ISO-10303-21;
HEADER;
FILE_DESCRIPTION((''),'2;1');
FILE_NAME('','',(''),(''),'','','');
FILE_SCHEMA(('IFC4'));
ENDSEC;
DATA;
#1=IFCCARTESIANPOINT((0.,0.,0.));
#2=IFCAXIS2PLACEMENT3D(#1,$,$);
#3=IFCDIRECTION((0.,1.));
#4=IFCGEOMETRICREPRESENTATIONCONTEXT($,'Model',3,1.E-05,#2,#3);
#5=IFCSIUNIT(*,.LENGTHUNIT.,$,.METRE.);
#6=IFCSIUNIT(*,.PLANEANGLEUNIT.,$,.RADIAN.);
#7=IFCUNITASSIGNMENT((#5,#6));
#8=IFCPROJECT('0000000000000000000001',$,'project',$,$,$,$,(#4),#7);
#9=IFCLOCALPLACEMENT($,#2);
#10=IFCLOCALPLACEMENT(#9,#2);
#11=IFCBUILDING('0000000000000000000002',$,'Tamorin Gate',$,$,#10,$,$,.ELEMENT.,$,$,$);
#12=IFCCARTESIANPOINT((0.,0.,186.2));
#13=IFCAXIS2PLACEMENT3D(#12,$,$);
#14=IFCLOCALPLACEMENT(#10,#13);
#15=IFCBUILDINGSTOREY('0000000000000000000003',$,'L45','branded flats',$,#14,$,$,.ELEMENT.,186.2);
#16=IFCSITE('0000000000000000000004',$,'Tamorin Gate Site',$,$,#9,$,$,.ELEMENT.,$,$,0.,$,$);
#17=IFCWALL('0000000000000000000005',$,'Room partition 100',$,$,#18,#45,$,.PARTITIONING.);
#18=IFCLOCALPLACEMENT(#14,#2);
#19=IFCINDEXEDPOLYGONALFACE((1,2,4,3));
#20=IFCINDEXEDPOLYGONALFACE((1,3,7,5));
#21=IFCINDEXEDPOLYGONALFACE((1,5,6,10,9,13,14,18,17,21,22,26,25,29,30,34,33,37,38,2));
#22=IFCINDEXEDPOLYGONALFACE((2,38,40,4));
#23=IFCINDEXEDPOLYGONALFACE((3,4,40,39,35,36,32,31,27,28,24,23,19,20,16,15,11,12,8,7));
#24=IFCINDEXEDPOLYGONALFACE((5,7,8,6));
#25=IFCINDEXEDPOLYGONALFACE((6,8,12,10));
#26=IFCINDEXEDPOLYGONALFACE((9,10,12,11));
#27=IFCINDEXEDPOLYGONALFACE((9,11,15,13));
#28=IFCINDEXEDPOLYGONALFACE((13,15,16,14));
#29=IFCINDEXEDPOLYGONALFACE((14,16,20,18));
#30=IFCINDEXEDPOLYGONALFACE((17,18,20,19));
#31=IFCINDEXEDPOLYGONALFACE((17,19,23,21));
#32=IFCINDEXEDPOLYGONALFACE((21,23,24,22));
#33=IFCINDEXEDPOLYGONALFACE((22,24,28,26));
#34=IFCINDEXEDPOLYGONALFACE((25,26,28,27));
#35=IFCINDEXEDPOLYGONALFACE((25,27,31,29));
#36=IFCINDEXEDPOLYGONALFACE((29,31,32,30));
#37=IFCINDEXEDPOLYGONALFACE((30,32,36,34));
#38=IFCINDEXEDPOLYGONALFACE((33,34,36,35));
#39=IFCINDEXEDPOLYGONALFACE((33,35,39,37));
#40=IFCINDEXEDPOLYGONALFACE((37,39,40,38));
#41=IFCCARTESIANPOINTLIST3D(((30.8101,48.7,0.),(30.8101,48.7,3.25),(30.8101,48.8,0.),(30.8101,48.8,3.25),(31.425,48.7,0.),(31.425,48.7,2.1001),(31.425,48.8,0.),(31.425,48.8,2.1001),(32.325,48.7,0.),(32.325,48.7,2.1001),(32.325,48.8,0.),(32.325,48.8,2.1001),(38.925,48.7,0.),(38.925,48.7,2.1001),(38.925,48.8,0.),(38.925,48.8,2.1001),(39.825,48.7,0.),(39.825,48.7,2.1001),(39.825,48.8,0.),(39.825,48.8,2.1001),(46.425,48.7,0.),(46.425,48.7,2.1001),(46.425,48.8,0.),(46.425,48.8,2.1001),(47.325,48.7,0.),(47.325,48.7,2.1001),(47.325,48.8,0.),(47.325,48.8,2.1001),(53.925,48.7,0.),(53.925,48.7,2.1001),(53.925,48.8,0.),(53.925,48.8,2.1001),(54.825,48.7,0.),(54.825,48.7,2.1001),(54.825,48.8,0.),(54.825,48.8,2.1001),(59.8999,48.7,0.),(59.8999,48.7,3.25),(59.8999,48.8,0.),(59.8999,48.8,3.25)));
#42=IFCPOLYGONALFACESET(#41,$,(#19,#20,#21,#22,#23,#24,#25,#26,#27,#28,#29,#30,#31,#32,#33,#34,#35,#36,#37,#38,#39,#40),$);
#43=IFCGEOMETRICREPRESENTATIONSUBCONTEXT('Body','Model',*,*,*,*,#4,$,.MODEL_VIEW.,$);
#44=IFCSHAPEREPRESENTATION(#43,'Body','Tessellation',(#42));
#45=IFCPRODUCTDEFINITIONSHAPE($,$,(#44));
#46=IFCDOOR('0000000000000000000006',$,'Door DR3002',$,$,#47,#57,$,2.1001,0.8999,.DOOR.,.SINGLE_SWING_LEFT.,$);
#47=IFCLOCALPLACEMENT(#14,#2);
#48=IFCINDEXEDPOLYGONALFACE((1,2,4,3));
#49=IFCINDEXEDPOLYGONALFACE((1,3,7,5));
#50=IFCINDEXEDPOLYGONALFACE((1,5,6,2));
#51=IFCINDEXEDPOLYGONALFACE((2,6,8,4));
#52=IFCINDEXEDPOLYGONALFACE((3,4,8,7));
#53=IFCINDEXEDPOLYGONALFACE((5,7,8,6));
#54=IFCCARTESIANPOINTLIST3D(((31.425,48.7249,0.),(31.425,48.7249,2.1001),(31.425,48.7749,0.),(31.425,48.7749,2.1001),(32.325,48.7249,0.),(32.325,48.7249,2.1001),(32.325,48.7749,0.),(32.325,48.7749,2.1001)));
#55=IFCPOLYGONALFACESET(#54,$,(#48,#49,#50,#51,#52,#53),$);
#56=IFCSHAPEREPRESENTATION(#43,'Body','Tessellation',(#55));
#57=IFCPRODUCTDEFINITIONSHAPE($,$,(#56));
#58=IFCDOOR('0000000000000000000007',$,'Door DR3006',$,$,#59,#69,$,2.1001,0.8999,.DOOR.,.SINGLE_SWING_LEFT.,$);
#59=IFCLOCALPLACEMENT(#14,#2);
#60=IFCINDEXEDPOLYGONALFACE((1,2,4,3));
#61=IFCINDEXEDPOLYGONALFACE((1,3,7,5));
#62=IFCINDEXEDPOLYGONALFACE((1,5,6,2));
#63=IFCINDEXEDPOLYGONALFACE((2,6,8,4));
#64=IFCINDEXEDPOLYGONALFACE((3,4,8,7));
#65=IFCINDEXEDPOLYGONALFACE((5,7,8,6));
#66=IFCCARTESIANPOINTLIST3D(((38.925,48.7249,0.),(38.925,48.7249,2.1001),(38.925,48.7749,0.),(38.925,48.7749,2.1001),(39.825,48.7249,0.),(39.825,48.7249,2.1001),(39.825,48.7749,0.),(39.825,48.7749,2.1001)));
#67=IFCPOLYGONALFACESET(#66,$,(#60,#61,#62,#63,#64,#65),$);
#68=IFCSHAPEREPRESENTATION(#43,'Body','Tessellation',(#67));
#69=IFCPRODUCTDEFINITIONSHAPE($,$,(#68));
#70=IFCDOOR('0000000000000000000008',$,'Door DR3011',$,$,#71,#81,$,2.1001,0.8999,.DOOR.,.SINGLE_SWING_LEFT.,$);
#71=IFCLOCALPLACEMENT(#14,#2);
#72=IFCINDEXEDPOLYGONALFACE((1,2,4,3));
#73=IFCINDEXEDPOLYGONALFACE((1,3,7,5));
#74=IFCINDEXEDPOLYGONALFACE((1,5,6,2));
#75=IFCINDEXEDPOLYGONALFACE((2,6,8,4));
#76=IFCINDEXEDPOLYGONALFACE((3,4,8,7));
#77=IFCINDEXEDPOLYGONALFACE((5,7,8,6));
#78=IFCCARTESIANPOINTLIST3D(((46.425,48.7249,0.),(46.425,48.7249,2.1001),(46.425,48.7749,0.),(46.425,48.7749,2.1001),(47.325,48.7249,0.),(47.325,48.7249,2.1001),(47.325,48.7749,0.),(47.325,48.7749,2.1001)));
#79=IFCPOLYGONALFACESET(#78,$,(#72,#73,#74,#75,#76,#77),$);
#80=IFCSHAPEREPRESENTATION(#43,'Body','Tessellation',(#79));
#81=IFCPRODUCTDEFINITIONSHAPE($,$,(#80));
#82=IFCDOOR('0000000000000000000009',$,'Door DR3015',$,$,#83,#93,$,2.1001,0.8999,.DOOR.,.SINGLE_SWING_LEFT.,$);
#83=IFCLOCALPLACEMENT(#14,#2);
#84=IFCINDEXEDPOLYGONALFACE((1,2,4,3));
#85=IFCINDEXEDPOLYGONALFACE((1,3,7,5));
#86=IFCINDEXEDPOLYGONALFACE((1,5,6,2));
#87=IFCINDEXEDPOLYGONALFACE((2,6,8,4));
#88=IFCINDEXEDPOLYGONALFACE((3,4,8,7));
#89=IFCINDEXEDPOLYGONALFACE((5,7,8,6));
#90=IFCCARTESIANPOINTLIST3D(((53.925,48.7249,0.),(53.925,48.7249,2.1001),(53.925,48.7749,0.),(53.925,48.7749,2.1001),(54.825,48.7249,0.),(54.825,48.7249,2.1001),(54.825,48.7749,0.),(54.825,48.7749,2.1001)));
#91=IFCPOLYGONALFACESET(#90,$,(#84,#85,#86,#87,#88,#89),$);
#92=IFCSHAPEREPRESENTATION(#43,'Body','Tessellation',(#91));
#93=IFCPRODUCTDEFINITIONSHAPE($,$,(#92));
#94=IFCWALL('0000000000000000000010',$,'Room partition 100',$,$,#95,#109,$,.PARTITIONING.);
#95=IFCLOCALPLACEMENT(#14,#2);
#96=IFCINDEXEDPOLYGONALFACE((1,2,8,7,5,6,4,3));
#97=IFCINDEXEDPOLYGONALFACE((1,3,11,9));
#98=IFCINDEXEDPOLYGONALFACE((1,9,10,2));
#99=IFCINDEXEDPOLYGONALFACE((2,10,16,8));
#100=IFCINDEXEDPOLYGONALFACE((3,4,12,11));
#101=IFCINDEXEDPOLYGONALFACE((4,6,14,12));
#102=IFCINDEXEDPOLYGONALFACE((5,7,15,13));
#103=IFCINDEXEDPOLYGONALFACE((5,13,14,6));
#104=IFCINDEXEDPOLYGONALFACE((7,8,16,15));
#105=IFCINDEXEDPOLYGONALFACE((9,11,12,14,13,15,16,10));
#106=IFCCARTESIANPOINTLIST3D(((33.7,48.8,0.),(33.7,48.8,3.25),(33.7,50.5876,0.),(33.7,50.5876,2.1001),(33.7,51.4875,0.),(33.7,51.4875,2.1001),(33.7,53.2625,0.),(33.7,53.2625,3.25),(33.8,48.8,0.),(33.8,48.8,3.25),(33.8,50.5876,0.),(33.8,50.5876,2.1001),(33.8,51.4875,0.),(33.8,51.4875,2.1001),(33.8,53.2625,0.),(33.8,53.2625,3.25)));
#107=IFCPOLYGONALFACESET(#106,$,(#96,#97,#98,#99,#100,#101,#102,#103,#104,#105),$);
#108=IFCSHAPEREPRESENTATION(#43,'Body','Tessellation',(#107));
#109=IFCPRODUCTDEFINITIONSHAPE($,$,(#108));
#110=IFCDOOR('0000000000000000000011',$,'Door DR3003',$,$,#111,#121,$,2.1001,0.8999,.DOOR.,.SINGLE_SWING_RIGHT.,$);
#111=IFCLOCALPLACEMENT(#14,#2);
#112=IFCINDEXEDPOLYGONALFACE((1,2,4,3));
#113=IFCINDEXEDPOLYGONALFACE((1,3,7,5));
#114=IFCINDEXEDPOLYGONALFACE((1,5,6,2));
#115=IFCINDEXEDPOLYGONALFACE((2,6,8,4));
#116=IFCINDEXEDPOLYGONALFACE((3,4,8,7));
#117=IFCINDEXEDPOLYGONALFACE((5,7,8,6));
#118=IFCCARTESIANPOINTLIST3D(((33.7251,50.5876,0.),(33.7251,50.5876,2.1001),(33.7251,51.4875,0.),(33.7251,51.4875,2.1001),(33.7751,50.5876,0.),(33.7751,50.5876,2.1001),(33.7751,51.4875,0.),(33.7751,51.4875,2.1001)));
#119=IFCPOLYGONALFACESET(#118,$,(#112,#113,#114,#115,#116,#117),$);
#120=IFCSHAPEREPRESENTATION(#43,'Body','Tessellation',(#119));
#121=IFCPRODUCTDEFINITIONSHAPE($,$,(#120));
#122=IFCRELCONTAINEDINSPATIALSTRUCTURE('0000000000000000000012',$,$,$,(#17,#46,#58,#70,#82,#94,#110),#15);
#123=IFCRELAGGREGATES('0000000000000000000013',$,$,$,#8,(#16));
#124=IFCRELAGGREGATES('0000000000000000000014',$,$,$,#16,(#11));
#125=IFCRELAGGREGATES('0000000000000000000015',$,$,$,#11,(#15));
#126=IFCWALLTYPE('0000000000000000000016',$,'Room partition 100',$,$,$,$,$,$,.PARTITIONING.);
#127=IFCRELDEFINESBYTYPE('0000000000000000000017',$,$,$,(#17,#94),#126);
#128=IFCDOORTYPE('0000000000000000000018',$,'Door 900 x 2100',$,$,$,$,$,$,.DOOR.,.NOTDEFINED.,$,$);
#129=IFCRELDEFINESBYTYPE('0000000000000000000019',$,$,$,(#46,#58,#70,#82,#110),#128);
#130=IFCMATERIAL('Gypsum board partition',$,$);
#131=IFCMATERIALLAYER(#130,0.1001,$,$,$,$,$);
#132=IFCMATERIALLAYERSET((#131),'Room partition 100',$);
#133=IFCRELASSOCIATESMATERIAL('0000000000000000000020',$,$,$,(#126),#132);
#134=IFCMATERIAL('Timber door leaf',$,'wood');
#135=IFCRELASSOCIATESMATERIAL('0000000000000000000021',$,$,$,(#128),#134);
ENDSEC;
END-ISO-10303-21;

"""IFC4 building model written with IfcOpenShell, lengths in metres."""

from ifc_helpers import new_model, si_unit, direction, frame, frame_2d, origin, place, context, subcontext, project, spatial, rectangle, extrude, material, layer, layer_set, type_object, element, fill, save


model = new_model("IFC4")

# Units and contexts
model_context = context("Model", 3, precision=1e-05, world=origin(), true_north=direction((0.0, 1.0)))
body_context = subcontext(model_context, "Body", "Model", "MODEL_VIEW")
ifc_project = project(units=[si_unit("LENGTHUNIT", "METRE"), si_unit("PLANEANGLEUNIT", "RADIAN")], contexts=[model_context])

# Site, building, storey
site_placement = place(None, origin())
site = spatial("IfcSite", under=ifc_project, at=site_placement, Name="Tamorin Gate Site", CompositionType="ELEMENT", RefElevation=0.0)
building_placement = place(site_placement, origin())
building = spatial("IfcBuilding", under=site, at=building_placement, Name="Tamorin Gate", CompositionType="ELEMENT")
storey_placement = place(building_placement, frame((0.0, 0.0, 186.2)))
storey = spatial("IfcBuildingStorey", under=building, at=storey_placement, Name="L45", Description="branded flats", CompositionType="ELEMENT", Elevation=186.2)

# Wall, openings, doors
ifc_material_1 = material(Name="Gypsum board partition")
ifc_layer_1 = layer(ifc_material_1, 0.1001)
ifc_layer_set_1 = layer_set([ifc_layer_1], Name="Room partition 100")
wall_type_1 = type_object("IfcWallType", Name="Room partition 100", PredefinedType="PARTITIONING", material=ifc_layer_set_1)
wall_1_placement = place(storey_placement, frame((30.8101, 48.75, 0.0), z_axis=(0.0, 0.0, 1.0), x_axis=(1.0, 0.0, 0.0)))
wall_1 = element("IfcWall", 1, at=wall_1_placement, inside=storey, type_object=wall_type_1, Name="Room partition 100", PredefinedType="PARTITIONING", context=body_context, shape_type="SweptSolid", body=[
    extrude(rectangle(XDim=29.0898, YDim=0.1001, at=frame_2d((14.5449, 0.0))), origin(), (0.0, 0.0, 1.0), 3.25),
])
opening_1_placement = place(wall_1_placement, frame((0.615, 0.0, 0.0)))
opening_1 = element("IfcOpeningElement", 2, at=opening_1_placement, cuts=wall_1, PredefinedType="OPENING", context=body_context, shape_type="SweptSolid", body=[
    extrude(rectangle(XDim=0.8999, YDim=2.1001, at=frame_2d((0.45, 1.05))), frame((0.0, 0.0601, 0.0), z_axis=(0.0, -1.0, 0.0), x_axis=(1.0, 0.0, 0.0)), (0.0, 0.0, 1.0), 0.1201),
])
opening_2_placement = place(wall_1_placement, frame((8.115, 0.0, 0.0)))
opening_2 = element("IfcOpeningElement", 3, at=opening_2_placement, cuts=wall_1, PredefinedType="OPENING", context=body_context, shape_type="SweptSolid", body=[
    extrude(rectangle(XDim=0.8999, YDim=2.1001, at=frame_2d((0.45, 1.05))), frame((0.0, 0.0601, 0.0), z_axis=(0.0, -1.0, 0.0), x_axis=(1.0, 0.0, 0.0)), (0.0, 0.0, 1.0), 0.1201),
])
opening_3_placement = place(wall_1_placement, frame((15.615, 0.0, 0.0)))
opening_3 = element("IfcOpeningElement", 4, at=opening_3_placement, cuts=wall_1, PredefinedType="OPENING", context=body_context, shape_type="SweptSolid", body=[
    extrude(rectangle(XDim=0.8999, YDim=2.1001, at=frame_2d((0.45, 1.05))), frame((0.0, 0.0601, 0.0), z_axis=(0.0, -1.0, 0.0), x_axis=(1.0, 0.0, 0.0)), (0.0, 0.0, 1.0), 0.1201),
])
opening_4_placement = place(wall_1_placement, frame((23.115, 0.0, 0.0)))
opening_4 = element("IfcOpeningElement", 5, at=opening_4_placement, cuts=wall_1, PredefinedType="OPENING", context=body_context, shape_type="SweptSolid", body=[
    extrude(rectangle(XDim=0.8999, YDim=2.1001, at=frame_2d((0.45, 1.05))), frame((0.0, 0.0601, 0.0), z_axis=(0.0, -1.0, 0.0), x_axis=(1.0, 0.0, 0.0)), (0.0, 0.0, 1.0), 0.1201),
])
ifc_material_2 = material(Name="Timber door leaf", Category="wood")
door_type = type_object("IfcDoorType", Name="Door 900 x 2100", OperationType="NOTDEFINED", PredefinedType="DOOR", material=ifc_material_2)
door_1_placement = place(opening_1_placement, origin())
door_1 = element("IfcDoor", 6, at=door_1_placement, inside=storey, type_object=door_type, Name="Door DR3002", OperationType="SINGLE_SWING_LEFT", OverallHeight=2.1001, OverallWidth=0.8999, PredefinedType="DOOR", context=body_context, shape_type="SweptSolid", body=[
    extrude(rectangle(XDim=0.8999, YDim=2.1001, at=frame_2d((0.45, 1.05))), frame((0.0, 0.0249, 0.0), z_axis=(0.0, -1.0, 0.0), x_axis=(1.0, 0.0, 0.0)), (0.0, 0.0, 1.0), 0.05),
])
fill(opening_1, door_1)
door_2_placement = place(opening_2_placement, origin())
door_2 = element("IfcDoor", 7, at=door_2_placement, inside=storey, type_object=door_type, Name="Door DR3006", OperationType="SINGLE_SWING_LEFT", OverallHeight=2.1001, OverallWidth=0.8999, PredefinedType="DOOR", context=body_context, shape_type="SweptSolid", body=[
    extrude(rectangle(XDim=0.8999, YDim=2.1001, at=frame_2d((0.45, 1.05))), frame((0.0, 0.0249, 0.0), z_axis=(0.0, -1.0, 0.0), x_axis=(1.0, 0.0, 0.0)), (0.0, 0.0, 1.0), 0.05),
])
fill(opening_2, door_2)
door_3_placement = place(opening_3_placement, origin())
door_3 = element("IfcDoor", 8, at=door_3_placement, inside=storey, type_object=door_type, Name="Door DR3011", OperationType="SINGLE_SWING_LEFT", OverallHeight=2.1001, OverallWidth=0.8999, PredefinedType="DOOR", context=body_context, shape_type="SweptSolid", body=[
    extrude(rectangle(XDim=0.8999, YDim=2.1001, at=frame_2d((0.45, 1.05))), frame((0.0, 0.0249, 0.0), z_axis=(0.0, -1.0, 0.0), x_axis=(1.0, 0.0, 0.0)), (0.0, 0.0, 1.0), 0.05),
])
fill(opening_3, door_3)
door_4_placement = place(opening_4_placement, origin())
door_4 = element("IfcDoor", 9, at=door_4_placement, inside=storey, type_object=door_type, Name="Door DR3015", OperationType="SINGLE_SWING_LEFT", OverallHeight=2.1001, OverallWidth=0.8999, PredefinedType="DOOR", context=body_context, shape_type="SweptSolid", body=[
    extrude(rectangle(XDim=0.8999, YDim=2.1001, at=frame_2d((0.45, 1.05))), frame((0.0, 0.0249, 0.0), z_axis=(0.0, -1.0, 0.0), x_axis=(1.0, 0.0, 0.0)), (0.0, 0.0, 1.0), 0.05),
])
fill(opening_4, door_4)

# Wall, opening, door
wall_2_placement = place(storey_placement, frame((33.75, 48.8, 0.0), z_axis=(0.0, 0.0, 1.0), x_axis=(0.0, 1.0, 0.0)))
wall_2 = element("IfcWall", 10, at=wall_2_placement, inside=storey, type_object=wall_type_1, Name="Room partition 100", PredefinedType="PARTITIONING", context=body_context, shape_type="SweptSolid", body=[
    extrude(rectangle(XDim=4.4624, YDim=0.1001, at=frame_2d((2.2312, 0.0))), origin(), (0.0, 0.0, 1.0), 3.25),
])
opening_5_placement = place(wall_2_placement, frame((1.7876, 0.0, 0.0)))
opening_5 = element("IfcOpeningElement", 11, at=opening_5_placement, cuts=wall_2, PredefinedType="OPENING", context=body_context, shape_type="SweptSolid", body=[
    extrude(rectangle(XDim=0.8999, YDim=2.1001, at=frame_2d((0.45, 1.05))), frame((0.0, 0.0601, 0.0), z_axis=(0.0, -1.0, 0.0), x_axis=(1.0, 0.0, 0.0)), (0.0, 0.0, 1.0), 0.1201),
])
door_5_placement = place(opening_5_placement, origin())
door_5 = element("IfcDoor", 12, at=door_5_placement, inside=storey, type_object=door_type, Name="Door DR3003", OperationType="SINGLE_SWING_RIGHT", OverallHeight=2.1001, OverallWidth=0.8999, PredefinedType="DOOR", context=body_context, shape_type="SweptSolid", body=[
    extrude(rectangle(XDim=0.8999, YDim=2.1001, at=frame_2d((0.45, 1.05))), frame((0.0, 0.0249, 0.0), z_axis=(0.0, -1.0, 0.0), x_axis=(1.0, 0.0, 0.0)), (0.0, 0.0, 1.0), 0.05),
])
fill(opening_5, door_5)

save(model, "model.ifc")
